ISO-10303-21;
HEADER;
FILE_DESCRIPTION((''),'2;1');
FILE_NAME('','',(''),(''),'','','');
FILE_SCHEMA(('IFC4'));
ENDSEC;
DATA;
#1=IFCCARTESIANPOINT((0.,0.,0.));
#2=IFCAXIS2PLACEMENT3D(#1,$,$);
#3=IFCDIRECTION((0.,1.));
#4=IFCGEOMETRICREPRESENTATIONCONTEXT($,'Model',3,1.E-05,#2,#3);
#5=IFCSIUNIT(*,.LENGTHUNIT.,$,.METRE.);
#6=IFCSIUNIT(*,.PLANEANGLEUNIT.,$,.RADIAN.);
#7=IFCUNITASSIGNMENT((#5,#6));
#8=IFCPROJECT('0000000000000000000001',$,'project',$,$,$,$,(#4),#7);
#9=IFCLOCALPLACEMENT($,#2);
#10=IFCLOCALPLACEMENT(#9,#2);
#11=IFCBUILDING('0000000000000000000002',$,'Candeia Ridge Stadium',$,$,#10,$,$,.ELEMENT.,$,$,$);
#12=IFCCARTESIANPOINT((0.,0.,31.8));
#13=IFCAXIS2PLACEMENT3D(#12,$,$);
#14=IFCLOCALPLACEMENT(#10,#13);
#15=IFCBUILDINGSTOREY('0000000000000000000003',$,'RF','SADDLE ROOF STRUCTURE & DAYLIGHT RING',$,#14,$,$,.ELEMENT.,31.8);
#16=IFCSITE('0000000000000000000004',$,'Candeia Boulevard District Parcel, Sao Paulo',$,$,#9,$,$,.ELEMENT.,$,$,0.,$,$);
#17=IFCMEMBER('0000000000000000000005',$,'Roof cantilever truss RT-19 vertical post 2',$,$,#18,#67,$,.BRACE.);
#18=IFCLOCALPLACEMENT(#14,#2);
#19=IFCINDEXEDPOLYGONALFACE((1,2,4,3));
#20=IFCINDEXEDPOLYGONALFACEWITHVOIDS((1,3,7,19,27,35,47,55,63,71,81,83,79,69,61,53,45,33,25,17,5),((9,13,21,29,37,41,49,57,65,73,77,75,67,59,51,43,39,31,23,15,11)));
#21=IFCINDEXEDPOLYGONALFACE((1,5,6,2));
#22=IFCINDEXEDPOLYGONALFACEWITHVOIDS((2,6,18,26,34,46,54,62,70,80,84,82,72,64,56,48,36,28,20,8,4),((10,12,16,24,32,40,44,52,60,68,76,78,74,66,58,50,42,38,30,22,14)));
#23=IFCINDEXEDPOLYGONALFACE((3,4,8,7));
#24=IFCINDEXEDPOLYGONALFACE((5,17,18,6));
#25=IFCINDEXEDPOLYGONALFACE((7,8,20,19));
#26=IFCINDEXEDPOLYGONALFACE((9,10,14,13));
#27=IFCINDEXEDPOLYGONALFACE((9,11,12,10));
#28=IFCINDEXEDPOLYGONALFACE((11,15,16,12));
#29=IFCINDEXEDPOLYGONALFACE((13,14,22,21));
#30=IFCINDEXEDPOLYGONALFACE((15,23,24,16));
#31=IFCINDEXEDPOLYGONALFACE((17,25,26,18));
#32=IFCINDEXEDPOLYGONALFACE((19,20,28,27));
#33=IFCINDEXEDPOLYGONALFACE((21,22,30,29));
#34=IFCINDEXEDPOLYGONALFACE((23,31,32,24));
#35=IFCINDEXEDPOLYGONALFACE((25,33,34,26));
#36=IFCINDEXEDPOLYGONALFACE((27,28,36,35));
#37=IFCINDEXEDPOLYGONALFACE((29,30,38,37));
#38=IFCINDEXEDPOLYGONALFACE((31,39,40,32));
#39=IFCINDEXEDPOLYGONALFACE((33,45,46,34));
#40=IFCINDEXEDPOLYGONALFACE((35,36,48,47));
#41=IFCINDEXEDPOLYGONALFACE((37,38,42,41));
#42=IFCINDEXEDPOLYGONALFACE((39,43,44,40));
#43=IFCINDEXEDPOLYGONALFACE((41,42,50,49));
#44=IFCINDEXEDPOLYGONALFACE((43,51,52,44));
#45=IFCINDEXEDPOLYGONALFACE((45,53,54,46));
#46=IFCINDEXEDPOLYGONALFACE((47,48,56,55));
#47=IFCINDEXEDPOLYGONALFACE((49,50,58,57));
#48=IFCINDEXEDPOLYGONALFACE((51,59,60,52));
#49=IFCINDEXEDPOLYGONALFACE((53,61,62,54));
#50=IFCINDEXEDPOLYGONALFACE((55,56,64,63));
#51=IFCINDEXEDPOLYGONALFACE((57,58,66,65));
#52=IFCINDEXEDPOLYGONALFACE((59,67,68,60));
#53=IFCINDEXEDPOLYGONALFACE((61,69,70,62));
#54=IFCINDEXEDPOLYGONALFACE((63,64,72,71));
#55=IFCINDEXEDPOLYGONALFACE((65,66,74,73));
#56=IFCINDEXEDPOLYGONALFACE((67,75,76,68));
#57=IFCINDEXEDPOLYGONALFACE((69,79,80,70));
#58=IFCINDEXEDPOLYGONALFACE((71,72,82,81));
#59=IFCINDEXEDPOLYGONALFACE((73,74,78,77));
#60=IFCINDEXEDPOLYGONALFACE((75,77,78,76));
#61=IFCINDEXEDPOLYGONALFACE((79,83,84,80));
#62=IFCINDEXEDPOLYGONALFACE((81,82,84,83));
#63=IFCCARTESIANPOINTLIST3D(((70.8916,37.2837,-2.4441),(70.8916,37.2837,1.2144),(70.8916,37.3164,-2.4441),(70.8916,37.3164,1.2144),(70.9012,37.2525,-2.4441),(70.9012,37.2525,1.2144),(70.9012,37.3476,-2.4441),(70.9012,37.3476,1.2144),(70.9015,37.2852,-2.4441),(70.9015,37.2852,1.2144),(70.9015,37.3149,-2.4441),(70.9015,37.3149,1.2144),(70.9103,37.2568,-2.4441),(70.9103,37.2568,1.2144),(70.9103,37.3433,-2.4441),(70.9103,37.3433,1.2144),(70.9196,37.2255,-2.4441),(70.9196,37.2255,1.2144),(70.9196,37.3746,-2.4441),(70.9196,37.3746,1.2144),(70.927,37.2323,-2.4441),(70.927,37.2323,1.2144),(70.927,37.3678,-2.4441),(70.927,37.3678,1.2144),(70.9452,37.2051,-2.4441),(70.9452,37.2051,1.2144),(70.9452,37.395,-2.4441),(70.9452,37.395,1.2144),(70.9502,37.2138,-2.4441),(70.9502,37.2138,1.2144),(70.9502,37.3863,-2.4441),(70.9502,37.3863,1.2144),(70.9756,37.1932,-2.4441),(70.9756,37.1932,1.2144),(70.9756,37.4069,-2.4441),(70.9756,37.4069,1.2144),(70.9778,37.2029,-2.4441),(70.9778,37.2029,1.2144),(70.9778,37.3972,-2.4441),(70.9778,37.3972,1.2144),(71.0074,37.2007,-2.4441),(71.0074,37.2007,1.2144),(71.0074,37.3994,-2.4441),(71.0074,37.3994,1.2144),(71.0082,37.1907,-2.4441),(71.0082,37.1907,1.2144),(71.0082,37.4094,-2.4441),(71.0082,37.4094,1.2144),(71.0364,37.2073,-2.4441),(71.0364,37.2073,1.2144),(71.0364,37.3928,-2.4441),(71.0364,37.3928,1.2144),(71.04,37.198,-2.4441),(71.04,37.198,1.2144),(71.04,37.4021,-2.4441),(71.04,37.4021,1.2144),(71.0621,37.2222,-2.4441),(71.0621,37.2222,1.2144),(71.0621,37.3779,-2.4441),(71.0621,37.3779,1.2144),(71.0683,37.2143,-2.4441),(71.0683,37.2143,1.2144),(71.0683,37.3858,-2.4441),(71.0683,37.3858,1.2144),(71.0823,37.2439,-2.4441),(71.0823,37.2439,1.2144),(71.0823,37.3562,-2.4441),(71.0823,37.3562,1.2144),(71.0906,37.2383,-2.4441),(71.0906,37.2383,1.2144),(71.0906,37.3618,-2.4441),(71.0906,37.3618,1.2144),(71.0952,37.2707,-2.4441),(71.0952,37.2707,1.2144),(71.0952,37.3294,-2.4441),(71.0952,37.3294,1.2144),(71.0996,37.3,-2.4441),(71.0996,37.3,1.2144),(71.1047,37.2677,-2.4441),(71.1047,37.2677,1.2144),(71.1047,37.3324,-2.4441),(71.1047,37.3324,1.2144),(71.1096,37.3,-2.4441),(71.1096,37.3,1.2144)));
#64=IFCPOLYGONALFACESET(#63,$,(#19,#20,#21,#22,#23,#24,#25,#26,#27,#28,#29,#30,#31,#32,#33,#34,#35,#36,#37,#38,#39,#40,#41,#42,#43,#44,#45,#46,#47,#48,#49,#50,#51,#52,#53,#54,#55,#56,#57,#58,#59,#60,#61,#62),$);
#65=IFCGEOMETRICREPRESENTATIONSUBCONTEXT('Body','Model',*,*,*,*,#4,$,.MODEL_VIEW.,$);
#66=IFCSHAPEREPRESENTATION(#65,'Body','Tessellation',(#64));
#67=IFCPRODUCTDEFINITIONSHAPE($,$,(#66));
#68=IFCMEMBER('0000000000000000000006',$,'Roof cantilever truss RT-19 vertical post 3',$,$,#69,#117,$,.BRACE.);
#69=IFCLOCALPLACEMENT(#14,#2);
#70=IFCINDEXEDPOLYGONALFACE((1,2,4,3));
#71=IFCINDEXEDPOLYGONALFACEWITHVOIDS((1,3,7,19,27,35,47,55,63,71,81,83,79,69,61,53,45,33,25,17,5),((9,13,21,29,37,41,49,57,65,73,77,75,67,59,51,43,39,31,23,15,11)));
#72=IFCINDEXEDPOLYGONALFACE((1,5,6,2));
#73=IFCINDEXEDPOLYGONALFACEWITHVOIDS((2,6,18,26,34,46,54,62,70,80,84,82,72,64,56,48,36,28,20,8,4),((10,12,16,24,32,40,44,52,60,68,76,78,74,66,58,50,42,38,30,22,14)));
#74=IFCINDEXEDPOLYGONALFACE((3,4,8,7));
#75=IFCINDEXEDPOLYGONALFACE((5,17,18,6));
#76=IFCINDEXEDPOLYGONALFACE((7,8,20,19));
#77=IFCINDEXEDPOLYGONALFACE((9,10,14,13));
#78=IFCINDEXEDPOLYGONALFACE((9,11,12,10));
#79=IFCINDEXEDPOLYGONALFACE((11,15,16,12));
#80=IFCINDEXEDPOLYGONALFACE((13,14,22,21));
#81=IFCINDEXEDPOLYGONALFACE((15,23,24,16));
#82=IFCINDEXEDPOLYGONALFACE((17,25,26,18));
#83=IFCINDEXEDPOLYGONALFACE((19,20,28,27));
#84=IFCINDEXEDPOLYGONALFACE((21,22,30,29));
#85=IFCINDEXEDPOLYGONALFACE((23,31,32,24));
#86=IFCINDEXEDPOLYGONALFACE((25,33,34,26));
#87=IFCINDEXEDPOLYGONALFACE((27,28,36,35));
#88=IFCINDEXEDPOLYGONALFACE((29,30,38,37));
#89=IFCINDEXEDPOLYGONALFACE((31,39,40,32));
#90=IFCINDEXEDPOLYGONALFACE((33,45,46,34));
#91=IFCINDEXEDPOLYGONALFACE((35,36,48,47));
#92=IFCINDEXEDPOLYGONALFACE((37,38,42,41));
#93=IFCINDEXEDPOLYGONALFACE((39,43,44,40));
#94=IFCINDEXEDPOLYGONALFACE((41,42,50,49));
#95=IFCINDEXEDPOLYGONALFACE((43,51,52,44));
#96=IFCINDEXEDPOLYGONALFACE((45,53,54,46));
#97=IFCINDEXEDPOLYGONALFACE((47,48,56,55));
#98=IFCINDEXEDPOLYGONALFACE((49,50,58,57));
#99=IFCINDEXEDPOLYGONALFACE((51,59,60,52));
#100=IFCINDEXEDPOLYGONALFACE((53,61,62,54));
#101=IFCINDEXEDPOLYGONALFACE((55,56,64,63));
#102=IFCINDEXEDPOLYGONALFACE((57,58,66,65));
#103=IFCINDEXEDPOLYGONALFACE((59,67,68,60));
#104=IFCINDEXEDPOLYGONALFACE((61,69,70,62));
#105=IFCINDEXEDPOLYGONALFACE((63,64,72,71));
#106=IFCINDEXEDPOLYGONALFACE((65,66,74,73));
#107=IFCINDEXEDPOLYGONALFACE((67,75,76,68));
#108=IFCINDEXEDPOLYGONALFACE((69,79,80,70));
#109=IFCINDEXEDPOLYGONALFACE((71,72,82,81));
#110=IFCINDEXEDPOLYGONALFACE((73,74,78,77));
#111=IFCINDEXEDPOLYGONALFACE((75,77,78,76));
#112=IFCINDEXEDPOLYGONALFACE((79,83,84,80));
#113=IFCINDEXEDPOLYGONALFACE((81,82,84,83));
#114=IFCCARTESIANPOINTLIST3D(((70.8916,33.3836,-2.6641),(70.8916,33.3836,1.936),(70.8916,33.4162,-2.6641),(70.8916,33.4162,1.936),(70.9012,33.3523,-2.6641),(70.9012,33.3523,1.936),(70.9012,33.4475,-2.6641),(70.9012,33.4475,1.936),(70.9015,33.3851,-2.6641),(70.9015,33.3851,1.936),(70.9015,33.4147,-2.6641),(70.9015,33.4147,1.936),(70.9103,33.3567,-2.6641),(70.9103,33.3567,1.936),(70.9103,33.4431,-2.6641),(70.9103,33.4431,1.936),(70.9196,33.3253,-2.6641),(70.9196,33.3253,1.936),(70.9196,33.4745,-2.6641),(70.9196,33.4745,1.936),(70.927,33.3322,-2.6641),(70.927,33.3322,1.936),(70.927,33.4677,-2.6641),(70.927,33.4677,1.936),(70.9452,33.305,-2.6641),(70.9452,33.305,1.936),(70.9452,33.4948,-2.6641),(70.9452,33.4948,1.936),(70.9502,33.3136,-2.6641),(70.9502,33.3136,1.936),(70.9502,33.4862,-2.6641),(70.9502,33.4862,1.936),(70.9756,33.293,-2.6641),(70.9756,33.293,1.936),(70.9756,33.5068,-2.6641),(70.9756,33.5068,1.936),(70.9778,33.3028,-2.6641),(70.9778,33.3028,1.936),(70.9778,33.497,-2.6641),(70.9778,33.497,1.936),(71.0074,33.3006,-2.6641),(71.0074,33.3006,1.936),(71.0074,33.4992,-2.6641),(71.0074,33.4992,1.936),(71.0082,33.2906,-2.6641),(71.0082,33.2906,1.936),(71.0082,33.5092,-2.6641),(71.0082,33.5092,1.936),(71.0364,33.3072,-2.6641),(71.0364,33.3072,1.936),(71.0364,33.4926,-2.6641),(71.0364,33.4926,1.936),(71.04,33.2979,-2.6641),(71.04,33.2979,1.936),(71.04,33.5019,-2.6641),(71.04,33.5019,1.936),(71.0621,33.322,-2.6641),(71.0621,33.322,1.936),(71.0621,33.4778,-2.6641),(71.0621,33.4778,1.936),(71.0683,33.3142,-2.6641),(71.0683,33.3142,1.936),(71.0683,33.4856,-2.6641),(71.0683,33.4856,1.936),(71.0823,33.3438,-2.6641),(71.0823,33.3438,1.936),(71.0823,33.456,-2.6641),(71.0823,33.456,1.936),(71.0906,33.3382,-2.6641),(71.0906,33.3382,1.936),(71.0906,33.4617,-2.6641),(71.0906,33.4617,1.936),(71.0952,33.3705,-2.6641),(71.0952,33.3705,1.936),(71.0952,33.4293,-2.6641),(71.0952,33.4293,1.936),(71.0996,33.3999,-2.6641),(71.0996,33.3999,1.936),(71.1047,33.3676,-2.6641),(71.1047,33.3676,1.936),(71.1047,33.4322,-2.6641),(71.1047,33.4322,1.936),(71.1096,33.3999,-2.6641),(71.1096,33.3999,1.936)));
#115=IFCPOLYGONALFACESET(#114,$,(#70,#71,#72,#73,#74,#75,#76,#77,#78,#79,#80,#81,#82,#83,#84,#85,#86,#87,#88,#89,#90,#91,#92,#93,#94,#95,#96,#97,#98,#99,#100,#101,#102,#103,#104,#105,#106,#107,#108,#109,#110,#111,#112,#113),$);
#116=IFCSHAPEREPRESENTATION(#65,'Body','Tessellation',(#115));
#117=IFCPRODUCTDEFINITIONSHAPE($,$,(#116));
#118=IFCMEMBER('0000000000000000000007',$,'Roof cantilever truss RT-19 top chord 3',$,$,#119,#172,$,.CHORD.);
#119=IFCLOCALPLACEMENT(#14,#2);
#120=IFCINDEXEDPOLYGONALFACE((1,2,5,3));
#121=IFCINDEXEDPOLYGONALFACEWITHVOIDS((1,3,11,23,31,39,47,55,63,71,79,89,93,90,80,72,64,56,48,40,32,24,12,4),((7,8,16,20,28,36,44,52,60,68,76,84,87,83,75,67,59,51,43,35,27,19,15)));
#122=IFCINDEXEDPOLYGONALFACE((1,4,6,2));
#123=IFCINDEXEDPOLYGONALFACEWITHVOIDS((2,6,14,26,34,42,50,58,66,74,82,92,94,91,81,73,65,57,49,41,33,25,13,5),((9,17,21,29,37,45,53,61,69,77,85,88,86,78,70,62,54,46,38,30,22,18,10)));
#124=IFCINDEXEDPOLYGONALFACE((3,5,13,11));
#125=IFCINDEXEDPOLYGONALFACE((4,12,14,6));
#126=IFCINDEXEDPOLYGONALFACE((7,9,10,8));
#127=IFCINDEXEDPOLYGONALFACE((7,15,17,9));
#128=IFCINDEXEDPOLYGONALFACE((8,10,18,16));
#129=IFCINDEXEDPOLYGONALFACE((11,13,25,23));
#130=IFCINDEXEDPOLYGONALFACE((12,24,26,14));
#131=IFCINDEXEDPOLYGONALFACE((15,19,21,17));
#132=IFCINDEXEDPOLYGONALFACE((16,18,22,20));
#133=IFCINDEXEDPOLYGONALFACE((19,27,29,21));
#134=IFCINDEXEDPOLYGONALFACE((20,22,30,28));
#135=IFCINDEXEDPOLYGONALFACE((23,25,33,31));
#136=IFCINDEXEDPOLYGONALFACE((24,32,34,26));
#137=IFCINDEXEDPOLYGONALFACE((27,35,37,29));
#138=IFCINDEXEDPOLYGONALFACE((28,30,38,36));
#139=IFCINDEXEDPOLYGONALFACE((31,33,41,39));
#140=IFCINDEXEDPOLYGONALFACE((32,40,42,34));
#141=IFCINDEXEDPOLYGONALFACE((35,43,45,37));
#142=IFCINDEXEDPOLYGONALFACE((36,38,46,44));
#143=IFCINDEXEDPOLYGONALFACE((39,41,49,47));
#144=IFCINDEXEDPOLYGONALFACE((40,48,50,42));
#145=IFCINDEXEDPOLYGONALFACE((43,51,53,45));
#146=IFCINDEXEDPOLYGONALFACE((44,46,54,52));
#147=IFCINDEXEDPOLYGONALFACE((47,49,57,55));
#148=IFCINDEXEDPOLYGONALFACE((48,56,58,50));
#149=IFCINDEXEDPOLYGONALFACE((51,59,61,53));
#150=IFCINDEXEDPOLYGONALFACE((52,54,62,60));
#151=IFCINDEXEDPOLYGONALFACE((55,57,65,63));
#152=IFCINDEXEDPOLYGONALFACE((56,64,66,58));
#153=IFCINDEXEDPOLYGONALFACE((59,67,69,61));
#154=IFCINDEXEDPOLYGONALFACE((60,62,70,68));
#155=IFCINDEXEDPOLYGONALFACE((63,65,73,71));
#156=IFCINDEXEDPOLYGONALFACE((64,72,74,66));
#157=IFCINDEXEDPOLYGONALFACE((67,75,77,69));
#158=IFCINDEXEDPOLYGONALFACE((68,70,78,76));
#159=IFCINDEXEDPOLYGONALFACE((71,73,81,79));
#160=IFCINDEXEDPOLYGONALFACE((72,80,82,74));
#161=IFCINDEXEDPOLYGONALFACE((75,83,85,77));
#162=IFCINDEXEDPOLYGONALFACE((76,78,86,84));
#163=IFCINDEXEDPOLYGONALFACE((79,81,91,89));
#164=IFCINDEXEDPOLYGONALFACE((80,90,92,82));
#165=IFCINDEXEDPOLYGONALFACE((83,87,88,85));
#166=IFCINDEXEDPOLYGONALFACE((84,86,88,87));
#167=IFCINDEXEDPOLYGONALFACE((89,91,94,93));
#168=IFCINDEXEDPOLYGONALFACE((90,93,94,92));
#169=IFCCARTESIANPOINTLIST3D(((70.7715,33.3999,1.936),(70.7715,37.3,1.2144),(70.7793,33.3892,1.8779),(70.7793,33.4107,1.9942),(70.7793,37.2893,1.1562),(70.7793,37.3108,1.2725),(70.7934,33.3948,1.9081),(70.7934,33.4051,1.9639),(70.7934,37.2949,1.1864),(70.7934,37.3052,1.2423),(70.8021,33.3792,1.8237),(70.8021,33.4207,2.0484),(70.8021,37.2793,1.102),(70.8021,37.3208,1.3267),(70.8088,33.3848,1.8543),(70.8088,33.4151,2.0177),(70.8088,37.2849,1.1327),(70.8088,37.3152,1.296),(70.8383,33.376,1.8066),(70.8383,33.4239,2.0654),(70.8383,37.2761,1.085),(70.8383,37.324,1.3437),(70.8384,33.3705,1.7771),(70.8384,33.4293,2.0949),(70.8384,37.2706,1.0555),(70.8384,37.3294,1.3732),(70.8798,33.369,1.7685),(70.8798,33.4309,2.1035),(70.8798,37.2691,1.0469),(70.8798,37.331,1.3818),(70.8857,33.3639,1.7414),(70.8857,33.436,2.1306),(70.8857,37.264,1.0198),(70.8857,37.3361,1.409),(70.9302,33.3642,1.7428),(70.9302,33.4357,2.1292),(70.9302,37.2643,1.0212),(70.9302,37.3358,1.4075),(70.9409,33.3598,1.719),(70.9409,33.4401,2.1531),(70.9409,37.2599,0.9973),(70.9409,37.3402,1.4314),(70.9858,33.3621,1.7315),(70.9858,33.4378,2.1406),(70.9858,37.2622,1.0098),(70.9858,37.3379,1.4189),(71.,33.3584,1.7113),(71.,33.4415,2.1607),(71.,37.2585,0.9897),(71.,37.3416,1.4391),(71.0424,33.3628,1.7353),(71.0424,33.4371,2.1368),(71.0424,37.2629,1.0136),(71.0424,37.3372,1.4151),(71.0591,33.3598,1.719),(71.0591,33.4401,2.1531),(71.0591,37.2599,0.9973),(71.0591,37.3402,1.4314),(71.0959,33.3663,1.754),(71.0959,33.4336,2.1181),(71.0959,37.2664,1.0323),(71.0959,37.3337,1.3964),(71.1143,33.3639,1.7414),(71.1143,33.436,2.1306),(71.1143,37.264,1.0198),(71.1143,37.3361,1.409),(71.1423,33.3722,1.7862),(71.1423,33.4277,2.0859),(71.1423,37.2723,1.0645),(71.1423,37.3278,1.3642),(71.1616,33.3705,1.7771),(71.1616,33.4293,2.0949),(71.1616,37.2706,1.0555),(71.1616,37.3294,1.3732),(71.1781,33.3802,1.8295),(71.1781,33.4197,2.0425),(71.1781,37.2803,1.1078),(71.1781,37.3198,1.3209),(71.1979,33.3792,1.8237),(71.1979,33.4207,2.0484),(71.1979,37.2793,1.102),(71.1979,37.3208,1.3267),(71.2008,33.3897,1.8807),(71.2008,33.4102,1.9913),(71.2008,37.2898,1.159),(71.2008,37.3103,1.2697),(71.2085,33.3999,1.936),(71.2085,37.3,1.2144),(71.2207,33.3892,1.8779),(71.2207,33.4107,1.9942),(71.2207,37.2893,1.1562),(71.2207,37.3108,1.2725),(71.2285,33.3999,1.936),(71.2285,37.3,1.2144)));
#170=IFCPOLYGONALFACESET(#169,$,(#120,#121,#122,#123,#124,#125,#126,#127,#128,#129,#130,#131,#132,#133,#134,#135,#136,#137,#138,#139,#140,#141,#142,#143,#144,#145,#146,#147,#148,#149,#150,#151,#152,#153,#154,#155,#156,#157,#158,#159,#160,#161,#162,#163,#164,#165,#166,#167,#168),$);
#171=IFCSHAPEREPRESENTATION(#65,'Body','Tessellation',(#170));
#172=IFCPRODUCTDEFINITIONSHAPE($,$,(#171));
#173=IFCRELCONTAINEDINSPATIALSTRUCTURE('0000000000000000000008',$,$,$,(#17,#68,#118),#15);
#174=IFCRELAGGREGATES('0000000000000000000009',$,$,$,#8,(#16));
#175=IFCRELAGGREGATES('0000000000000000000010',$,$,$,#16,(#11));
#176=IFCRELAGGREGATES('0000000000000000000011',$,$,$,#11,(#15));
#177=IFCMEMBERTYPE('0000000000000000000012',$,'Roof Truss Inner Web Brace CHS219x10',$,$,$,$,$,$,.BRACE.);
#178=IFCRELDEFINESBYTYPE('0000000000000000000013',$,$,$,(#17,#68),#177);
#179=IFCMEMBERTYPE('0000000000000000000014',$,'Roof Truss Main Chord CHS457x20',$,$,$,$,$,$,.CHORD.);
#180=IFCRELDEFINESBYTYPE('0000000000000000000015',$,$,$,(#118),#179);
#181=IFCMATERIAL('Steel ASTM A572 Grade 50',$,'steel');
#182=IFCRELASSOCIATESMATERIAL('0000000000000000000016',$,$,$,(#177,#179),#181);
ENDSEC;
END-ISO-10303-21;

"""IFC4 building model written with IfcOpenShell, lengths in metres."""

from ifc_helpers import new_model, si_unit, direction, frame, origin, origin_2d, place, context, subcontext, project, spatial, hollow_circle, extrude, material, material_profile, profile_set, type_object, element, save


model = new_model("IFC4")

# Units and contexts
model_context = context("Model", 3, precision=1e-05, world=origin(), true_north=direction((0.0, 1.0)))
body_context = subcontext(model_context, "Body", "Model", "MODEL_VIEW")
ifc_project = project(units=[si_unit("LENGTHUNIT", "METRE"), si_unit("PLANEANGLEUNIT", "RADIAN")], contexts=[model_context])

# Site, building, storey
site_placement = place(None, origin())
site = spatial("IfcSite", under=ifc_project, at=site_placement, Name="Candeia Boulevard District Parcel, Sao Paulo", CompositionType="ELEMENT", RefElevation=0.0)
building_placement = place(site_placement, origin())
building = spatial("IfcBuilding", under=site, at=building_placement, Name="Candeia Ridge Stadium", CompositionType="ELEMENT")
storey_placement = place(building_placement, frame((0.0, 0.0, 31.8)))
storey = spatial("IfcBuildingStorey", under=building, at=storey_placement, Name="RF", Description="SADDLE ROOF STRUCTURE & DAYLIGHT RING", CompositionType="ELEMENT", Elevation=31.8)

# Shared definitions
ifc_material_1 = material(Name="Steel ASTM A572 Grade 50", Category="steel")

# Members
ifc_material_profile_1 = material_profile(ifc_material_1, hollow_circle(Radius=0.1096, WallThickness=0.01, at=origin_2d()), Name="CHS219x10", Category="steel")
ifc_profile_set_1 = profile_set([ifc_material_profile_1], Name="Steel ASTM A572 Grade 50")
member_type_1 = type_object("IfcMemberType", Name="Roof Truss Inner Web Brace CHS219x10", PredefinedType="BRACE", material=ifc_profile_set_1)
member_1_placement = place(storey_placement, frame((71.0, 37.3, -2.4441), z_axis=(0.0, 0.0, 1.0), x_axis=(1.0, 0.0, 0.0)))
element("IfcMember", 1, at=member_1_placement, inside=storey, type_object=member_type_1, Name="Roof cantilever truss RT-19 vertical post 2", PredefinedType="BRACE", context=body_context, shape_type="SweptSolid", body=[
    extrude(hollow_circle(Radius=0.1096, WallThickness=0.01, at=origin_2d()), origin(), (0.0, 0.0, 1.0), 3.6584),
])
member_2_placement = place(storey_placement, frame((71.0, 33.3999, -2.6641), z_axis=(0.0, 0.0, 1.0), x_axis=(1.0, 0.0, 0.0)))
element("IfcMember", 2, at=member_2_placement, inside=storey, type_object=member_type_1, Name="Roof cantilever truss RT-19 vertical post 3", PredefinedType="BRACE", context=body_context, shape_type="SweptSolid", body=[
    extrude(hollow_circle(Radius=0.1096, WallThickness=0.01, at=origin_2d()), origin(), (0.0, 0.0, 1.0), 4.6001),
])
ifc_material_profile_2 = material_profile(ifc_material_1, hollow_circle(Radius=0.2285, WallThickness=0.02, at=origin_2d()), Name="CHS457x20", Category="steel")
ifc_profile_set_2 = profile_set([ifc_material_profile_2], Name="Steel ASTM A572 Grade 50")
member_type_2 = type_object("IfcMemberType", Name="Roof Truss Main Chord CHS457x20", PredefinedType="CHORD", material=ifc_profile_set_2)
member_3_placement = place(storey_placement, frame((71.0, 37.3, 1.2144), z_axis=(0.0, -0.983308, 0.18195), x_axis=(1.0, 0.0, 0.0)))
element("IfcMember", 3, at=member_3_placement, inside=storey, type_object=member_type_2, Name="Roof cantilever truss RT-19 top chord 3", PredefinedType="CHORD", context=body_context, shape_type="SweptSolid", body=[
    extrude(hollow_circle(Radius=0.2285, WallThickness=0.02, at=origin_2d()), origin(), (0.0, 0.0, 1.0), 3.9663),
])

save(model, "model.ifc")
